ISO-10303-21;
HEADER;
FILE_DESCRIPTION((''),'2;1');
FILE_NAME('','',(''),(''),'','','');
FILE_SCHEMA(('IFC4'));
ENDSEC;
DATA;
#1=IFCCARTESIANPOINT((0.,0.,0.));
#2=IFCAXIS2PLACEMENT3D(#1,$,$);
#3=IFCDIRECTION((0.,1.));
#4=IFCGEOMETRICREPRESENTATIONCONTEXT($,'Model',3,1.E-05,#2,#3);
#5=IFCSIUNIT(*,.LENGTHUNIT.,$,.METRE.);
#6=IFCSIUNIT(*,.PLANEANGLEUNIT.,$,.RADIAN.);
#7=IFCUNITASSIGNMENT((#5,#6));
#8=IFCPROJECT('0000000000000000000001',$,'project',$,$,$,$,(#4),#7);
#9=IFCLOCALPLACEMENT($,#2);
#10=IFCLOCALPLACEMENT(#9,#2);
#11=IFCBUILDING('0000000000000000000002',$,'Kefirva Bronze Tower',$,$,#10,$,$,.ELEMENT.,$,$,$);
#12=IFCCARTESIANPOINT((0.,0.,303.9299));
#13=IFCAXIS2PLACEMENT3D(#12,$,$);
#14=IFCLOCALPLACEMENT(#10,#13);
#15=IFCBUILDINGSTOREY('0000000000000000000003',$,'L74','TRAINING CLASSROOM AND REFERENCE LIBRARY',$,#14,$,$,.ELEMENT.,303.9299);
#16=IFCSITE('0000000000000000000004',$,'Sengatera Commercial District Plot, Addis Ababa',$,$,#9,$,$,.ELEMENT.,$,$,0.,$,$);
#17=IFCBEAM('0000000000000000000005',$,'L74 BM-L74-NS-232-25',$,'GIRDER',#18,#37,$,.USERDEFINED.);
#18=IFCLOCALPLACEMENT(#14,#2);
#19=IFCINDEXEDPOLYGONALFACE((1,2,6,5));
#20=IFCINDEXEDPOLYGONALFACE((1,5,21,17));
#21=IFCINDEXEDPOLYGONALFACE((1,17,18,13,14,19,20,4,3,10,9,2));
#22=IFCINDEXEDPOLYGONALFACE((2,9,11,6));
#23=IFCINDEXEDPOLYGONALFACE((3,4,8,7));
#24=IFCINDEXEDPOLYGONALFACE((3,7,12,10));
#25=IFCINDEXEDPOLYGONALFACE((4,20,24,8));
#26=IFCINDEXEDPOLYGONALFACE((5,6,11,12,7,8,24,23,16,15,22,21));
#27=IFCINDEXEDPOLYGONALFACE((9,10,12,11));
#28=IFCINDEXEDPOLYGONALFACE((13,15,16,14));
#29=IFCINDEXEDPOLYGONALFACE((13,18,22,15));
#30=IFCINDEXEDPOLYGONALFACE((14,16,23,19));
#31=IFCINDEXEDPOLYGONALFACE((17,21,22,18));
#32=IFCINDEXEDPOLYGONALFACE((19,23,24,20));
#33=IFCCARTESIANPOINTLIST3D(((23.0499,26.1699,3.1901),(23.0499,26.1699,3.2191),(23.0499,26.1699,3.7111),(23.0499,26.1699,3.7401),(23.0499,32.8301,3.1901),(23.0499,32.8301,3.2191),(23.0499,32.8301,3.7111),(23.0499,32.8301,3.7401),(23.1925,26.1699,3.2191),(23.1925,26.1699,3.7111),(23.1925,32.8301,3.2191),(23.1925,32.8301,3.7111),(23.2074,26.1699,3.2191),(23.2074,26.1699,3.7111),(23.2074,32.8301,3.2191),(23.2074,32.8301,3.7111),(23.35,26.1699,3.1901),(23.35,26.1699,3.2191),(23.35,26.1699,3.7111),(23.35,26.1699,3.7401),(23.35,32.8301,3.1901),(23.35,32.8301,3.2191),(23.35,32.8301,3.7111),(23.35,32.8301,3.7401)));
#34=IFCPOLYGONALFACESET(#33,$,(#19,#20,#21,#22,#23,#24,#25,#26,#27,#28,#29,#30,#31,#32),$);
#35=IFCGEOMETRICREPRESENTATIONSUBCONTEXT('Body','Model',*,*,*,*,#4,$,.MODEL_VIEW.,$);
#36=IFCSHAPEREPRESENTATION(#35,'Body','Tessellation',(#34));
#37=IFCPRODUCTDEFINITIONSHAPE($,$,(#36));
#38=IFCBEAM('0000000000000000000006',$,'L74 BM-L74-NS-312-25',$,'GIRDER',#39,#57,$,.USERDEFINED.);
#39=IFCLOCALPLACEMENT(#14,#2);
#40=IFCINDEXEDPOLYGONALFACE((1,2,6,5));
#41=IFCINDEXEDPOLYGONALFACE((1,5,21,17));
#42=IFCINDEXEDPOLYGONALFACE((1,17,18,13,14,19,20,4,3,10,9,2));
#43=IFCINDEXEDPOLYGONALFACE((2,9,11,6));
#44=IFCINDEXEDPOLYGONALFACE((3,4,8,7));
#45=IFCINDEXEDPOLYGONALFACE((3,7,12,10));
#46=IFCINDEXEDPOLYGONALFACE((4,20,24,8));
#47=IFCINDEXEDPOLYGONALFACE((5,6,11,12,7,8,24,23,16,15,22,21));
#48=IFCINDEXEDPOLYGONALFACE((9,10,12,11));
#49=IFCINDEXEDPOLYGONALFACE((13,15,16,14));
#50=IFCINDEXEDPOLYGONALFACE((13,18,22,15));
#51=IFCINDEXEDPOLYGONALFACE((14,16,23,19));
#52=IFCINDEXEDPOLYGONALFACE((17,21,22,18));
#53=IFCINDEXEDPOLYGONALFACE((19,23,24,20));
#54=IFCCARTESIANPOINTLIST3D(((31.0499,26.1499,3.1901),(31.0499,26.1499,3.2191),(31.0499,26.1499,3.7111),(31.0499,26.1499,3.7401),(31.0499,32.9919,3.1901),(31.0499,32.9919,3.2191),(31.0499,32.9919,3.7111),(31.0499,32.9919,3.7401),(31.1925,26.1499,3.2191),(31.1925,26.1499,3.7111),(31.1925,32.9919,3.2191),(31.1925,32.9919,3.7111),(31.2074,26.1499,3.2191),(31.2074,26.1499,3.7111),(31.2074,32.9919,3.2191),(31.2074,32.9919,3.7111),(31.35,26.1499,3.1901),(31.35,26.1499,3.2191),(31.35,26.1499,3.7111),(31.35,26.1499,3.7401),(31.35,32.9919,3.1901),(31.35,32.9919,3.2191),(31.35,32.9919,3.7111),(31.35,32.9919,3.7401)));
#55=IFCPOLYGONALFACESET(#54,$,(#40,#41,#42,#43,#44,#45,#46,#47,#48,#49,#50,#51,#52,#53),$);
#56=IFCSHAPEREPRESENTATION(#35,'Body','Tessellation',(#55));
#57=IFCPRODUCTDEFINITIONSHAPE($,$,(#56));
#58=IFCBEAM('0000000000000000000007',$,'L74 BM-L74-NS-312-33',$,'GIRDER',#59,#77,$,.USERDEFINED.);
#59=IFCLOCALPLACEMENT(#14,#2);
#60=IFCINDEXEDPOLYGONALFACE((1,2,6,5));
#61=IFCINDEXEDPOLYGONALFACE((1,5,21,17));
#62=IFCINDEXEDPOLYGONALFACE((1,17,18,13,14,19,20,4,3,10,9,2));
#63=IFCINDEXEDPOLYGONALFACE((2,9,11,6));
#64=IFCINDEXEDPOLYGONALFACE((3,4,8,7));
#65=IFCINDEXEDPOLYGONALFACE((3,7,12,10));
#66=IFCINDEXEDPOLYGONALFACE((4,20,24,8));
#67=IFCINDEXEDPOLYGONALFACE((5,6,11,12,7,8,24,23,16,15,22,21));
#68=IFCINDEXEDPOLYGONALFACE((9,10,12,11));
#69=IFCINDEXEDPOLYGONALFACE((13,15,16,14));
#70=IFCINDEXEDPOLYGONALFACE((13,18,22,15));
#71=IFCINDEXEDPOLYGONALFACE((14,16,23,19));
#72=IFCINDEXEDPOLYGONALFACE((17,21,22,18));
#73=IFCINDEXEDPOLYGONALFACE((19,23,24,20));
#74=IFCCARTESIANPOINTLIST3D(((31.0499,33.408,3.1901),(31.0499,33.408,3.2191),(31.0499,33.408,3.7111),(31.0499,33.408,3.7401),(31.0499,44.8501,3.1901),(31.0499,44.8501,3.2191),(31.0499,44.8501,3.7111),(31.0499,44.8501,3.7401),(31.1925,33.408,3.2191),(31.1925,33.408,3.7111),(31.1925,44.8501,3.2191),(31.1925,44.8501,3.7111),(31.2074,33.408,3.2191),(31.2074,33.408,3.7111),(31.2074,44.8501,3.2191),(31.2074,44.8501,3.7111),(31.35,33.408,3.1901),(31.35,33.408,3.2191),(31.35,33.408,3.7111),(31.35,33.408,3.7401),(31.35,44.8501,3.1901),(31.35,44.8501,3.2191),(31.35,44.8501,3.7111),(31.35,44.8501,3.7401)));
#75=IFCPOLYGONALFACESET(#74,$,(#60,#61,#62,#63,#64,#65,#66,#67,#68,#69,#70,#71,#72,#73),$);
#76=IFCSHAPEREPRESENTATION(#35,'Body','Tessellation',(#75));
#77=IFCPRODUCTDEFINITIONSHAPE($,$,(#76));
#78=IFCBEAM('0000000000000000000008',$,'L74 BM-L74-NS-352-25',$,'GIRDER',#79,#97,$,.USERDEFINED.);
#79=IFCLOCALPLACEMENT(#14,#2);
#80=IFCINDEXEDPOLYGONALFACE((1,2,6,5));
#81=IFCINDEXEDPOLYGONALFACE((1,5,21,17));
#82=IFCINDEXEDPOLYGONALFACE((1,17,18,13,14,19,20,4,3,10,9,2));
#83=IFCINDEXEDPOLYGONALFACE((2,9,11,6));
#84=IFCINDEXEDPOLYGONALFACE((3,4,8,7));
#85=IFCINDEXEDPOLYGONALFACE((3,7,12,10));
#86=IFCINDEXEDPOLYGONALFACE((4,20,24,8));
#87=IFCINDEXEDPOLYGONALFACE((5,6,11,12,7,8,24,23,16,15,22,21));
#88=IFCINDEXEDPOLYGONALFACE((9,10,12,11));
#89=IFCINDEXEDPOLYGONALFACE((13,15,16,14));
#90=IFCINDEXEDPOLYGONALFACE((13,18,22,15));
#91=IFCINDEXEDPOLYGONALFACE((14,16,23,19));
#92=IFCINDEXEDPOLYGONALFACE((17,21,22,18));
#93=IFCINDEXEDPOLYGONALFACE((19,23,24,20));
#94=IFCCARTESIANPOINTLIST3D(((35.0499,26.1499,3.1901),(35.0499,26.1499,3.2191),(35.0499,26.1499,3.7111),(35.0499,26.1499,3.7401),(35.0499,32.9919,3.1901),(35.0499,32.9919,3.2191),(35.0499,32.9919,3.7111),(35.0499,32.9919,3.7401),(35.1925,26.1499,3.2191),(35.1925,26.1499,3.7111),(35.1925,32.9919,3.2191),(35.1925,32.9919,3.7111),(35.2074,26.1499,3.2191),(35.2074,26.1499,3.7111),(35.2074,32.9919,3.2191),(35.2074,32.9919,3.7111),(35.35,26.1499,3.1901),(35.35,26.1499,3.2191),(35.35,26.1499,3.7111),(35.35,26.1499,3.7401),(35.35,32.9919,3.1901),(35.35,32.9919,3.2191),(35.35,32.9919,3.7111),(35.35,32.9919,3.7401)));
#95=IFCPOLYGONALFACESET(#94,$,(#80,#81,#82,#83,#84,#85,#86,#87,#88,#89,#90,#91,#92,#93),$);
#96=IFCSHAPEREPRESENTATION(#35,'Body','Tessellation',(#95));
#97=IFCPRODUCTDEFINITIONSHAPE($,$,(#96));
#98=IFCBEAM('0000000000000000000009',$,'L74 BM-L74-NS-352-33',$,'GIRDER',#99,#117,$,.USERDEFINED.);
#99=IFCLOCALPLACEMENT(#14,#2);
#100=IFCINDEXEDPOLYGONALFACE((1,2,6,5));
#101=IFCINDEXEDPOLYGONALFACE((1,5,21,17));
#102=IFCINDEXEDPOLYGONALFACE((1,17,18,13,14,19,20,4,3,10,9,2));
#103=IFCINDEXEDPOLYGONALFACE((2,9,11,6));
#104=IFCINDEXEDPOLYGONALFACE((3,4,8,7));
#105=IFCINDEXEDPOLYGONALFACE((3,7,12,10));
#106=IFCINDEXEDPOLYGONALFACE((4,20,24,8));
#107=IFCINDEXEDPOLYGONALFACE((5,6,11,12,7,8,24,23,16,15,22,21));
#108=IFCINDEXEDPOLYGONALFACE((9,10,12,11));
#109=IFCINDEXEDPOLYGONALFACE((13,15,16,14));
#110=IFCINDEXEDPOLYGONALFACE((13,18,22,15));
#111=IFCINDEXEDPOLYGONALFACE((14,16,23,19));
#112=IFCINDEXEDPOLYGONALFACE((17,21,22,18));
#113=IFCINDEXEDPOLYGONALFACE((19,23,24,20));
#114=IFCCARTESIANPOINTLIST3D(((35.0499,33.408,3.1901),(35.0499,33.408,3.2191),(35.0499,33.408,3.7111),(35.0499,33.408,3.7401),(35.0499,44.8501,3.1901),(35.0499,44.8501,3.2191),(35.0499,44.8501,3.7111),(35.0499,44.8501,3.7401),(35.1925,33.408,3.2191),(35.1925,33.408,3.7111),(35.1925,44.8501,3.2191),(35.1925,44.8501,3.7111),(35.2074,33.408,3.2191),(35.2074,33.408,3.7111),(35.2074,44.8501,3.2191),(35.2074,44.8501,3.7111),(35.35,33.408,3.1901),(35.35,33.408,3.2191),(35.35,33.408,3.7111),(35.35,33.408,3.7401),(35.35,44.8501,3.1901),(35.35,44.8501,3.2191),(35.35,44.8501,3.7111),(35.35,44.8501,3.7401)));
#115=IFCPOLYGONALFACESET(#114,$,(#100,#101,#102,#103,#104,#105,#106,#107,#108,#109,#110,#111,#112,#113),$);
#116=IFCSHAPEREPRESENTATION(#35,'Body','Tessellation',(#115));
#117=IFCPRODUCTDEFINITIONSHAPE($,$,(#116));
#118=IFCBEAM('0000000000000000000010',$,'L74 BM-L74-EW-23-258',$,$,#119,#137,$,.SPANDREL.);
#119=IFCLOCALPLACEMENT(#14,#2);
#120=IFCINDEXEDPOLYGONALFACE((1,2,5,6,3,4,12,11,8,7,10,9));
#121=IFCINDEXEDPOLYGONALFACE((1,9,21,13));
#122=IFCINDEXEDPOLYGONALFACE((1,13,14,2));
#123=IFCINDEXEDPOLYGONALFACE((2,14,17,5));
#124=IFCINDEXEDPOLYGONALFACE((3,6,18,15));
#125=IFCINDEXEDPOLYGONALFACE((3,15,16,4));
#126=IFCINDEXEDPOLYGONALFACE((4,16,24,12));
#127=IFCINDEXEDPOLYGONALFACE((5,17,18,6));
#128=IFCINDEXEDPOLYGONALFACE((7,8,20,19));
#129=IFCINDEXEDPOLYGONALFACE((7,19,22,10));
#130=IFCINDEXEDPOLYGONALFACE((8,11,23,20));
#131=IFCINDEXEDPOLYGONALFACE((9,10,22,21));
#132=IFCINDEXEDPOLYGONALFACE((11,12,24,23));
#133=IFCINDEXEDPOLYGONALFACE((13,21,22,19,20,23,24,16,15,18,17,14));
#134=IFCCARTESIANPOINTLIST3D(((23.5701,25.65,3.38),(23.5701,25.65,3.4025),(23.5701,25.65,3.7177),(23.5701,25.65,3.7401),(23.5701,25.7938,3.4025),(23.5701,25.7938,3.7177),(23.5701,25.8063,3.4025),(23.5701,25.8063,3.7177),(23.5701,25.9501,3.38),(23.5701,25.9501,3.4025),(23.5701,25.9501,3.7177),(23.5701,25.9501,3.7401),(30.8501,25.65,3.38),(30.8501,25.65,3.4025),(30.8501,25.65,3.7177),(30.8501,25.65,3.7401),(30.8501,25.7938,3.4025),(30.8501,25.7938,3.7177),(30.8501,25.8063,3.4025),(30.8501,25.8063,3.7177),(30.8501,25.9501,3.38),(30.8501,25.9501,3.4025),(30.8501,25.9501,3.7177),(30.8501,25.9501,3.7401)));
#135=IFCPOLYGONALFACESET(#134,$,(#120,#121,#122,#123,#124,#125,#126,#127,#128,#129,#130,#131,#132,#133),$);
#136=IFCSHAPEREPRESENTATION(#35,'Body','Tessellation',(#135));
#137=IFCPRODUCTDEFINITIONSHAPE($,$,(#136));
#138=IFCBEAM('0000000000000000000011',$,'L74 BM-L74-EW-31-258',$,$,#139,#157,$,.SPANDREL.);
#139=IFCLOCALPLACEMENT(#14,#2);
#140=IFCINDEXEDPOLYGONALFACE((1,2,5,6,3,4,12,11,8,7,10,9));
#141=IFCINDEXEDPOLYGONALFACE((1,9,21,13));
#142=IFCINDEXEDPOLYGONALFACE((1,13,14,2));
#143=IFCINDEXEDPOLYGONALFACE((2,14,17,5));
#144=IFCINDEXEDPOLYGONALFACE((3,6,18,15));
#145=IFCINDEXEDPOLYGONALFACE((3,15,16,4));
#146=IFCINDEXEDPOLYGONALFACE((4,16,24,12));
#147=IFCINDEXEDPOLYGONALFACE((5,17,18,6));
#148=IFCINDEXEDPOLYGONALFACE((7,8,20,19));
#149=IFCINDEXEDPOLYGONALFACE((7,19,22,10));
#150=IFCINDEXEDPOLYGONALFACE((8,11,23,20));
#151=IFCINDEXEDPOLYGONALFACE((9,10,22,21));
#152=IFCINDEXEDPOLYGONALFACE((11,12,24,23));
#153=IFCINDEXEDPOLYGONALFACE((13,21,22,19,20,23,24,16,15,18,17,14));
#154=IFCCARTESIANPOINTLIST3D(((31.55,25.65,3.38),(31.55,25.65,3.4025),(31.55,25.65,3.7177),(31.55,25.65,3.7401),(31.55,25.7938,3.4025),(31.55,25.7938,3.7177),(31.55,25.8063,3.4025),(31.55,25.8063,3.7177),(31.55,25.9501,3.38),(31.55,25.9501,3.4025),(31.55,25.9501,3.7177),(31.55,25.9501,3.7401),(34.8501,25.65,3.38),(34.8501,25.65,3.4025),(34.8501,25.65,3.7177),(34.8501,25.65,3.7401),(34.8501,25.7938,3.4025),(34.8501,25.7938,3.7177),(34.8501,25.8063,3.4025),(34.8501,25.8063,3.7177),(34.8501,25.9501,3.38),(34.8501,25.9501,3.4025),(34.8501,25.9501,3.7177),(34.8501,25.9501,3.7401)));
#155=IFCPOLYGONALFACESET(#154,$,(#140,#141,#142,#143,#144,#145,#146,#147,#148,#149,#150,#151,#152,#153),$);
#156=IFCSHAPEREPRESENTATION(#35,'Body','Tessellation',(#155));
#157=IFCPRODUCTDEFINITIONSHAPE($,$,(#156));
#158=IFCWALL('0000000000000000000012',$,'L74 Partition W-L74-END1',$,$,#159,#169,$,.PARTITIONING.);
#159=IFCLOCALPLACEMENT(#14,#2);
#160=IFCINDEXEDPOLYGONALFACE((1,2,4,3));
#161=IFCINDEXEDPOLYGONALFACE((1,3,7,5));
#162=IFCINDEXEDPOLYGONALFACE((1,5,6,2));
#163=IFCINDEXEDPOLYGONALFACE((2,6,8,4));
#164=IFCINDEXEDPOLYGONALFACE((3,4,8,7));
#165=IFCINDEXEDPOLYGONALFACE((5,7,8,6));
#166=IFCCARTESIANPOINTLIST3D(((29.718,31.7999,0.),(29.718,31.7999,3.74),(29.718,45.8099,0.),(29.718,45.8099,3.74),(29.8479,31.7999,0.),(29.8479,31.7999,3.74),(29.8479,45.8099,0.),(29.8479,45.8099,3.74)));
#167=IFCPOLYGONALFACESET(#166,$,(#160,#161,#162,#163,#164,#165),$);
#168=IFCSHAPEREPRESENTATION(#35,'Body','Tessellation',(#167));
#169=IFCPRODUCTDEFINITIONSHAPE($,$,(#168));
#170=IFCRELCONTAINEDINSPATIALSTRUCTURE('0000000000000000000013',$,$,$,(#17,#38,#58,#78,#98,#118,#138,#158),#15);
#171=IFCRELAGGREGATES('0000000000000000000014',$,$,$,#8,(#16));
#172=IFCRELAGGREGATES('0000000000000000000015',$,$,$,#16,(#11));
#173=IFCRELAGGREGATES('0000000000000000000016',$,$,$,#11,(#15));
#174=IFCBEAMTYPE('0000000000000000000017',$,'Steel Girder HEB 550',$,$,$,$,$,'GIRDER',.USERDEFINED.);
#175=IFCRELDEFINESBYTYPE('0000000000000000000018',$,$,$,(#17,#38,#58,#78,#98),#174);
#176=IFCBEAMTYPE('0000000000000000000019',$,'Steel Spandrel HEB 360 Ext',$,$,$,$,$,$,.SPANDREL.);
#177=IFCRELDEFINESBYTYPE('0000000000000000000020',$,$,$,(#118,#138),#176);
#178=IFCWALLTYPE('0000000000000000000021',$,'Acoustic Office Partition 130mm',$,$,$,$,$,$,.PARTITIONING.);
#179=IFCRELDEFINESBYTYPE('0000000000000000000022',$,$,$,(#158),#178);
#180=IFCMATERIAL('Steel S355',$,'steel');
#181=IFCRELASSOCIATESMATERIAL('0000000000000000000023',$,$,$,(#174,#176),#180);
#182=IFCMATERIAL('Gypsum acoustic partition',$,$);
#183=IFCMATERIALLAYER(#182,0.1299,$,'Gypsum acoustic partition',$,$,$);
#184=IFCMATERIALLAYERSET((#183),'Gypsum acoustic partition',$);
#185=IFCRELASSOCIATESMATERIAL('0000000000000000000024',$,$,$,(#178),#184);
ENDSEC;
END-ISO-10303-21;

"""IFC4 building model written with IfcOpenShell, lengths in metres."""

from ifc_helpers import new_model, si_unit, direction, frame, frame_2d, origin, origin_2d, place, context, subcontext, project, spatial, rectangle, i_section, extrude, material, layer, layer_set, material_profile, profile_set, type_object, element, save


model = new_model("IFC4")

# Units and contexts
model_context = context("Model", 3, precision=1e-05, world=origin(), true_north=direction((0.0, 1.0)))
body_context = subcontext(model_context, "Body", "Model", "MODEL_VIEW")
ifc_project = project(units=[si_unit("LENGTHUNIT", "METRE"), si_unit("PLANEANGLEUNIT", "RADIAN")], contexts=[model_context])

# Site, building, storey
site_placement = place(None, origin())
site = spatial("IfcSite", under=ifc_project, at=site_placement, Name="Sengatera Commercial District Plot, Addis Ababa", CompositionType="ELEMENT", RefElevation=0.0)
building_placement = place(site_placement, origin())
building = spatial("IfcBuilding", under=site, at=building_placement, Name="Kefirva Bronze Tower", CompositionType="ELEMENT")
storey_placement = place(building_placement, frame((0.0, 0.0, 303.9299)))
storey = spatial("IfcBuildingStorey", under=building, at=storey_placement, Name="L74", Description="TRAINING CLASSROOM AND REFERENCE LIBRARY", CompositionType="ELEMENT", Elevation=303.9299)

# Beams
ifc_material_1 = material(Name="Steel S355", Category="steel")
ifc_material_profile_1 = material_profile(ifc_material_1, i_section(OverallWidth=0.3, OverallDepth=0.55, WebThickness=0.0149, FlangeThickness=0.0291, at=origin_2d()), Name="HEB 550")
ifc_profile_set_1 = profile_set([ifc_material_profile_1], Name="Steel S355")
beam_type_1 = type_object("IfcBeamType", Name="Steel Girder HEB 550", ElementType="GIRDER", PredefinedType="USERDEFINED", material=ifc_profile_set_1)
beam_1_placement = place(storey_placement, frame((23.2, 26.1699, 3.4651), z_axis=(0.0, 1.0, 0.0), x_axis=(-1.0, 0.0, 0.0)))
element("IfcBeam", 1, at=beam_1_placement, inside=storey, type_object=beam_type_1, Name="L74 BM-L74-NS-232-25", ObjectType="GIRDER", PredefinedType="USERDEFINED", context=body_context, shape_type="SweptSolid", body=[
    extrude(i_section(OverallWidth=0.3, OverallDepth=0.55, WebThickness=0.0149, FlangeThickness=0.0291, at=origin_2d()), origin(), (0.0, 0.0, 1.0), 6.6602),
])
beam_2_placement = place(storey_placement, frame((31.2, 26.1499, 3.4651), z_axis=(0.0, 1.0, 0.0), x_axis=(-1.0, 0.0, 0.0)))
element("IfcBeam", 2, at=beam_2_placement, inside=storey, type_object=beam_type_1, Name="L74 BM-L74-NS-312-25", ObjectType="GIRDER", PredefinedType="USERDEFINED", context=body_context, shape_type="SweptSolid", body=[
    extrude(i_section(OverallWidth=0.3, OverallDepth=0.55, WebThickness=0.0149, FlangeThickness=0.0291, at=origin_2d()), origin(), (0.0, 0.0, 1.0), 6.842),
])
beam_3_placement = place(storey_placement, frame((31.2, 33.408, 3.4651), z_axis=(0.0, 1.0, 0.0), x_axis=(-1.0, 0.0, 0.0)))
element("IfcBeam", 3, at=beam_3_placement, inside=storey, type_object=beam_type_1, Name="L74 BM-L74-NS-312-33", ObjectType="GIRDER", PredefinedType="USERDEFINED", context=body_context, shape_type="SweptSolid", body=[
    extrude(i_section(OverallWidth=0.3, OverallDepth=0.55, WebThickness=0.0149, FlangeThickness=0.0291, at=origin_2d()), origin(), (0.0, 0.0, 1.0), 11.4421),
])
beam_4_placement = place(storey_placement, frame((35.2, 26.1499, 3.4651), z_axis=(0.0, 1.0, 0.0), x_axis=(-1.0, 0.0, 0.0)))
element("IfcBeam", 4, at=beam_4_placement, inside=storey, type_object=beam_type_1, Name="L74 BM-L74-NS-352-25", ObjectType="GIRDER", PredefinedType="USERDEFINED", context=body_context, shape_type="SweptSolid", body=[
    extrude(i_section(OverallWidth=0.3, OverallDepth=0.55, WebThickness=0.0149, FlangeThickness=0.0291, at=origin_2d()), origin(), (0.0, 0.0, 1.0), 6.842),
])
beam_5_placement = place(storey_placement, frame((35.2, 33.408, 3.4651), z_axis=(0.0, 1.0, 0.0), x_axis=(-1.0, 0.0, 0.0)))
element("IfcBeam", 5, at=beam_5_placement, inside=storey, type_object=beam_type_1, Name="L74 BM-L74-NS-352-33", ObjectType="GIRDER", PredefinedType="USERDEFINED", context=body_context, shape_type="SweptSolid", body=[
    extrude(i_section(OverallWidth=0.3, OverallDepth=0.55, WebThickness=0.0149, FlangeThickness=0.0291, at=origin_2d()), origin(), (0.0, 0.0, 1.0), 11.4421),
])
ifc_material_profile_2 = material_profile(ifc_material_1, i_section(OverallWidth=0.3, OverallDepth=0.3601, WebThickness=0.0125, FlangeThickness=0.0225, at=origin_2d()), Name="HEB 360")
ifc_profile_set_2 = profile_set([ifc_material_profile_2], Name="Steel S355")
beam_type_2 = type_object("IfcBeamType", Name="Steel Spandrel HEB 360 Ext", PredefinedType="SPANDREL", material=ifc_profile_set_2)
beam_6_placement = place(storey_placement, frame((23.5701, 25.8, 3.5601), z_axis=(1.0, 0.0, 0.0), x_axis=(0.0, 1.0, 0.0)))
element("IfcBeam", 6, at=beam_6_placement, inside=storey, type_object=beam_type_2, Name="L74 BM-L74-EW-23-258", PredefinedType="SPANDREL", context=body_context, shape_type="SweptSolid", body=[
    extrude(i_section(OverallWidth=0.3, OverallDepth=0.3601, WebThickness=0.0125, FlangeThickness=0.0225, at=origin_2d()), origin(), (0.0, 0.0, 1.0), 7.28),
])
beam_7_placement = place(storey_placement, frame((31.55, 25.8, 3.5601), z_axis=(1.0, 0.0, 0.0), x_axis=(0.0, 1.0, 0.0)))
element("IfcBeam", 7, at=beam_7_placement, inside=storey, type_object=beam_type_2, Name="L74 BM-L74-EW-31-258", PredefinedType="SPANDREL", context=body_context, shape_type="SweptSolid", body=[
    extrude(i_section(OverallWidth=0.3, OverallDepth=0.3601, WebThickness=0.0125, FlangeThickness=0.0225, at=origin_2d()), origin(), (0.0, 0.0, 1.0), 3.3),
])

# Wall
ifc_material_2 = material(Name="Gypsum acoustic partition")
ifc_layer_1 = layer(ifc_material_2, 0.1299, Name="Gypsum acoustic partition")
ifc_layer_set_1 = layer_set([ifc_layer_1], Name="Gypsum acoustic partition")
wall_type_1 = type_object("IfcWallType", Name="Acoustic Office Partition 130mm", PredefinedType="PARTITIONING", material=ifc_layer_set_1)
wall_1_placement = place(storey_placement, frame((29.783, 31.8, 0.0), z_axis=(0.0, 0.0, 1.0), x_axis=(0.0, 1.0, 0.0)))
element("IfcWall", 8, at=wall_1_placement, inside=storey, type_object=wall_type_1, Name="L74 Partition W-L74-END1", PredefinedType="PARTITIONING", context=body_context, shape_type="SweptSolid", body=[
    extrude(rectangle(XDim=14.01, YDim=0.1299, at=frame_2d((7.0049, 0.0))), origin(), (0.0, 0.0, 1.0), 3.74),
])

save(model, "model.ifc")
